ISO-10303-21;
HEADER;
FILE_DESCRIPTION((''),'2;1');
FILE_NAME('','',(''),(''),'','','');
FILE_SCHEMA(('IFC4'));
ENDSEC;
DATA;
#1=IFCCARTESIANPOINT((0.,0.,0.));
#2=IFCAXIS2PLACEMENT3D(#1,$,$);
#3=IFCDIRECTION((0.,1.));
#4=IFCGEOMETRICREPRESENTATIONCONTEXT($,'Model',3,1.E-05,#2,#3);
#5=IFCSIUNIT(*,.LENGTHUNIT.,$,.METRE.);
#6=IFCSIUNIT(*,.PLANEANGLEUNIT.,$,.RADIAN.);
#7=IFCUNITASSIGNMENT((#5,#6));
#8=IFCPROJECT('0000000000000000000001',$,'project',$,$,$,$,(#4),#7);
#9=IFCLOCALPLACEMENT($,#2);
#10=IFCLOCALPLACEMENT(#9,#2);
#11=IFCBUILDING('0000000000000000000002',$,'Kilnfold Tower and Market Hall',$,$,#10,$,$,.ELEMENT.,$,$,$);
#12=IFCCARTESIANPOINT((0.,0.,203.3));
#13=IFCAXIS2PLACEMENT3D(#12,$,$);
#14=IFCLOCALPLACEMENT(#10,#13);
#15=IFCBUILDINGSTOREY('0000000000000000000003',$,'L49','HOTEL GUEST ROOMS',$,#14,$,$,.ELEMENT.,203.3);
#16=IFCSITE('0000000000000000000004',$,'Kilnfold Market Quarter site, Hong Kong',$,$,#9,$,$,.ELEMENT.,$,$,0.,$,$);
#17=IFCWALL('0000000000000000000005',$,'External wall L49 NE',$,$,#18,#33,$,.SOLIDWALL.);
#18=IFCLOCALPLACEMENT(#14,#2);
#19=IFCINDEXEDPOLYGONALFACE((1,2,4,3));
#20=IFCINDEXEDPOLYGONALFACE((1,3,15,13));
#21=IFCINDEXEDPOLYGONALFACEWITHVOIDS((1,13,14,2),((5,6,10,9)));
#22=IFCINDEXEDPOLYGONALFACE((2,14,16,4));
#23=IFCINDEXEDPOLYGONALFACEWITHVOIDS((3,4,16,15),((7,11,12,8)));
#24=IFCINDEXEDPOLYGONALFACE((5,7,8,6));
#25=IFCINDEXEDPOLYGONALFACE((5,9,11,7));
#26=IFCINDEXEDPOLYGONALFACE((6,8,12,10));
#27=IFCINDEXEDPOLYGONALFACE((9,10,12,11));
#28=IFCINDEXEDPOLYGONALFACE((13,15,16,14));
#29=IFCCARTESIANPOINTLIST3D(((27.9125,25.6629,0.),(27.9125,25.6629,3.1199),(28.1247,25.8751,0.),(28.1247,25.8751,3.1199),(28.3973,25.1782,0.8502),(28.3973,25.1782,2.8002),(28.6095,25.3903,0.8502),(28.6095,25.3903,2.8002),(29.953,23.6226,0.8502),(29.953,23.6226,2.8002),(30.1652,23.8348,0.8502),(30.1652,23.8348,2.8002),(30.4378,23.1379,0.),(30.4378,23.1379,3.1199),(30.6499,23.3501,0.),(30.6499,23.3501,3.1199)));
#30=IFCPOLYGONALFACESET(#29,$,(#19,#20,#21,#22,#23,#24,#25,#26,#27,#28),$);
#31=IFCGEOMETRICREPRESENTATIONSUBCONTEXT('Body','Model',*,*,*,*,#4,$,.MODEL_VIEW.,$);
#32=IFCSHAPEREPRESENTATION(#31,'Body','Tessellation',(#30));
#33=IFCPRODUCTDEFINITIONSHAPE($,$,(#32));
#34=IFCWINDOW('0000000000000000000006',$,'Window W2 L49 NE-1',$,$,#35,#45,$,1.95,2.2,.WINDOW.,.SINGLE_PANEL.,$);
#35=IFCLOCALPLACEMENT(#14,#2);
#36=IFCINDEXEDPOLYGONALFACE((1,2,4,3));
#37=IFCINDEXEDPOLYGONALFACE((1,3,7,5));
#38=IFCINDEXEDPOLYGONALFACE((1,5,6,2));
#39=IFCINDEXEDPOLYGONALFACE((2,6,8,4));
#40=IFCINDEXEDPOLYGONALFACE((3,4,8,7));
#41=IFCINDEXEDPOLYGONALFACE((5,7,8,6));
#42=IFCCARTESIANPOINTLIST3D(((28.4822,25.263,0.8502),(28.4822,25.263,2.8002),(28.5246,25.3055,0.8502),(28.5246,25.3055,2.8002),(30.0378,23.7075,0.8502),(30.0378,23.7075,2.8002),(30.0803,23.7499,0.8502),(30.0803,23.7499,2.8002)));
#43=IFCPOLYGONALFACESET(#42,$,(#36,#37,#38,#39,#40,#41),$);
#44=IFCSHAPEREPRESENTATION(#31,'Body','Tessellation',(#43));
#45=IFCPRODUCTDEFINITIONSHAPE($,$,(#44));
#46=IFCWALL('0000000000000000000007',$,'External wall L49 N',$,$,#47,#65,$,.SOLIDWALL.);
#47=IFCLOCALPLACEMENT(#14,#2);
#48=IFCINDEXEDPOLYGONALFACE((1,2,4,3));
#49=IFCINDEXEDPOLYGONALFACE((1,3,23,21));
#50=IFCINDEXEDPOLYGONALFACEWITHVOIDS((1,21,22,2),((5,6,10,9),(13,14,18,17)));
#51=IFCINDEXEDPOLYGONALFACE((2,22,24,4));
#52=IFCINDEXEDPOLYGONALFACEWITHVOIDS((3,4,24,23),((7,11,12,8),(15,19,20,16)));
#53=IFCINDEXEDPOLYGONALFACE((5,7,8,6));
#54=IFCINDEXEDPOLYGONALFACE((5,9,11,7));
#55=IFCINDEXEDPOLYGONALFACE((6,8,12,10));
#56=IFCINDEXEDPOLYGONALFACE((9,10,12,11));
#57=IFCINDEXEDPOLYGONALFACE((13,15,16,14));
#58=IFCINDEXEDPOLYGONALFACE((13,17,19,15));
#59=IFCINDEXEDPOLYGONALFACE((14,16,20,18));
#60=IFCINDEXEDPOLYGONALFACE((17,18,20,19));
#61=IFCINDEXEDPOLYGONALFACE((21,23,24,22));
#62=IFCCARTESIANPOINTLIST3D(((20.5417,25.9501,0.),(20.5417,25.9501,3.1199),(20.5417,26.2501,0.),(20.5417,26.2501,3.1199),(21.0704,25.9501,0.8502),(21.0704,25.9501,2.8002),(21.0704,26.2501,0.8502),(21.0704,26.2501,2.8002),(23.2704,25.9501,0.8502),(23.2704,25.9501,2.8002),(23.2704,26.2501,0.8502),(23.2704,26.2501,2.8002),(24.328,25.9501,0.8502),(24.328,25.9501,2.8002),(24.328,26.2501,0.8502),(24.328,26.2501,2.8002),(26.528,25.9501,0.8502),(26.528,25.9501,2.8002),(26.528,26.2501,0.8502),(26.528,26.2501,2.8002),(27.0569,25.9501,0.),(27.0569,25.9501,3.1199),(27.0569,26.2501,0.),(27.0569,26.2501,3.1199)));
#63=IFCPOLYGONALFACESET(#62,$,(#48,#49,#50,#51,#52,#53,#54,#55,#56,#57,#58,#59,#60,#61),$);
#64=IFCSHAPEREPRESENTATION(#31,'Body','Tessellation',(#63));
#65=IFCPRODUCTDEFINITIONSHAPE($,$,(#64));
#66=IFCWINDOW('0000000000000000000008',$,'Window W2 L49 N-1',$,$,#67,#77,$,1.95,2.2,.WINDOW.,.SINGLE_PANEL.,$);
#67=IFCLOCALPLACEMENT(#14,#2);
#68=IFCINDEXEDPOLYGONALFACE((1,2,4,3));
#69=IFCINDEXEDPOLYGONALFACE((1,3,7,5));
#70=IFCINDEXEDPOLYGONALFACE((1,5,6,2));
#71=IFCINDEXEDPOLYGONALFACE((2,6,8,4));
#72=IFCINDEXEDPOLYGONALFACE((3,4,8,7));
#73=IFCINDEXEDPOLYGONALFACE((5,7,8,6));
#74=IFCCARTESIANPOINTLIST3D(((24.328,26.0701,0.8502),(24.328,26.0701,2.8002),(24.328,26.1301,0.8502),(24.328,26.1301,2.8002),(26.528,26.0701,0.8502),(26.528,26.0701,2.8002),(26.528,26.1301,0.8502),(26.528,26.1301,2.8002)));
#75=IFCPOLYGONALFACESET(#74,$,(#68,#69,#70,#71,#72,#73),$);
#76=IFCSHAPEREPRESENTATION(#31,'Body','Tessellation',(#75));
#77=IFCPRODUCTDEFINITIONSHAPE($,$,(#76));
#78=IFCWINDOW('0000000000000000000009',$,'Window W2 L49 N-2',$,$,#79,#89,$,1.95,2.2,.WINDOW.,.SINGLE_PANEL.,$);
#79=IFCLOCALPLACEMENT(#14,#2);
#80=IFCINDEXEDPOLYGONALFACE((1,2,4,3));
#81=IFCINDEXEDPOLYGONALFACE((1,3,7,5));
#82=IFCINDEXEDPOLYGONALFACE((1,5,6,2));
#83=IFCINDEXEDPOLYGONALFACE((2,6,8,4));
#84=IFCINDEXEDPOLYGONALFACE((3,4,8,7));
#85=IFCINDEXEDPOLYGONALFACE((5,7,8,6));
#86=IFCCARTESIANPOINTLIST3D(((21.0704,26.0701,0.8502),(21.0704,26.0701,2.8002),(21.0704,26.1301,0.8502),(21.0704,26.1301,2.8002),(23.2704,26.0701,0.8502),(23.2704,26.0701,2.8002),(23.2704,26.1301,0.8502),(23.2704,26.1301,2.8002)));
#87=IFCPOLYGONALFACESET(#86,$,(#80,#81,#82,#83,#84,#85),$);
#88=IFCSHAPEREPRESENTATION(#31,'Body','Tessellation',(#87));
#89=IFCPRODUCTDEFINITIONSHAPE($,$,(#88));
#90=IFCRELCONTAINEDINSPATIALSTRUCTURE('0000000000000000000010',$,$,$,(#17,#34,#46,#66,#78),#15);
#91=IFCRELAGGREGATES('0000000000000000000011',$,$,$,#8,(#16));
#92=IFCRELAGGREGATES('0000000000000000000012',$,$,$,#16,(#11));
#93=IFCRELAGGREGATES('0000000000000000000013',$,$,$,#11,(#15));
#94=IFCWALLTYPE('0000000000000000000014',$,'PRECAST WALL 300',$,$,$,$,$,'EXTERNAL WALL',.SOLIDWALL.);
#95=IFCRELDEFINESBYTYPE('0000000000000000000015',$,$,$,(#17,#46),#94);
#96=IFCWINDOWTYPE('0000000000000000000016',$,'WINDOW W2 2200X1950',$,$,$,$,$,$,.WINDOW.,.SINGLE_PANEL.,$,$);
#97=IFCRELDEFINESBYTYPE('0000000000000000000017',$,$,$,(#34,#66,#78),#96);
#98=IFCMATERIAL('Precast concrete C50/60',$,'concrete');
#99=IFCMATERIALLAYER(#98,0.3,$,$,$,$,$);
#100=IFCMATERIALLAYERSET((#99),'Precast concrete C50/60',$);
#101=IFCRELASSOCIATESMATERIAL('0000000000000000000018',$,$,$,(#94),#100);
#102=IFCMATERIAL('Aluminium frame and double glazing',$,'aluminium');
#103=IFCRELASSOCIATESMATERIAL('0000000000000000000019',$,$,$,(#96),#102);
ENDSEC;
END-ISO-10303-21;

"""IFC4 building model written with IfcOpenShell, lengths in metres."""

from ifc_helpers import new_model, si_unit, direction, frame, frame_2d, origin, place, context, subcontext, project, spatial, rectangle, extrude, source, transform, mapped, material, layer, layer_set, type_object, element, fill, save


model = new_model("IFC4")

# Units and contexts
model_context = context("Model", 3, precision=1e-05, world=origin(), true_north=direction((0.0, 1.0)))
body_context = subcontext(model_context, "Body", "Model", "MODEL_VIEW")
ifc_project = project(units=[si_unit("LENGTHUNIT", "METRE"), si_unit("PLANEANGLEUNIT", "RADIAN")], contexts=[model_context])

# Site, building, storey
site_placement = place(None, origin())
site = spatial("IfcSite", under=ifc_project, at=site_placement, Name="Kilnfold Market Quarter site, Hong Kong", CompositionType="ELEMENT", RefElevation=0.0)
building_placement = place(site_placement, origin())
building = spatial("IfcBuilding", under=site, at=building_placement, Name="Kilnfold Tower and Market Hall", CompositionType="ELEMENT")
storey_placement = place(building_placement, frame((0.0, 0.0, 203.3)))
storey = spatial("IfcBuildingStorey", under=building, at=storey_placement, Name="L49", Description="HOTEL GUEST ROOMS", CompositionType="ELEMENT", Elevation=203.3)

# Shared definitions
ifc_material_1 = material(Name="Precast concrete C50/60", Category="concrete")
ifc_layer_1 = layer(ifc_material_1, 0.3)
ifc_layer_set_1 = layer_set([ifc_layer_1], Name="Precast concrete C50/60")
wall_type_1 = type_object("IfcWallType", Name="PRECAST WALL 300", ElementType="EXTERNAL WALL", PredefinedType="SOLIDWALL", material=ifc_layer_set_1)
ifc_material_2 = material(Name="Aluminium frame and double glazing", Category="aluminium")
window_type = type_object("IfcWindowType", Name="WINDOW W2 2200X1950", PartitioningType="SINGLE_PANEL", PredefinedType="WINDOW", material=ifc_material_2)

# Wall, opening, window
shared_shape_1 = source(origin(), body_context, "Body", "SweptSolid", [
    extrude(rectangle(XDim=3.571, YDim=0.3, at=frame_2d((1.7856, 0.0))), origin(), (0.0, 0.0, 1.0), 3.1199),
])
wall_1_placement = place(storey_placement, frame((30.5439, 23.2439, 0.0), z_axis=(0.0, 0.0, 1.0), x_axis=(-0.707141, 0.707073, 0.0)))
wall_1 = element("IfcWall", 1, at=wall_1_placement, inside=storey, type_object=wall_type_1, Name="External wall L49 NE", PredefinedType="SOLIDWALL", context=body_context, shape_type="MappedRepresentation", body=[
    mapped(shared_shape_1, transform((0.0, 0.0, 0.0))),
])
opening_1_placement = place(wall_1_placement, frame((0.6855, 0.0, 0.8501)))
opening_1 = element("IfcOpeningElement", 2, at=opening_1_placement, cuts=wall_1, PredefinedType="OPENING", context=body_context, shape_type="SweptSolid", body=[
    extrude(rectangle(XDim=2.2, YDim=1.95, at=frame_2d((1.1001, 0.9751))), frame((0.0, 0.1602, 0.0), z_axis=(0.0, -1.0, 0.0), x_axis=(1.0, 0.0, 0.0)), (0.0, 0.0, 1.0), 0.3201),
])
window_1_placement = place(opening_1_placement, origin())
window_1 = element("IfcWindow", 3, at=window_1_placement, inside=storey, type_object=window_type, Name="Window W2 L49 NE-1", OverallHeight=1.95, OverallWidth=2.2, PartitioningType="SINGLE_PANEL", PredefinedType="WINDOW", context=body_context, shape_type="SweptSolid", body=[
    extrude(rectangle(XDim=2.2, YDim=1.95, at=frame_2d((1.1001, 0.9751))), frame((0.0, 0.03, 0.0), z_axis=(0.0, -1.0, 0.0), x_axis=(1.0, 0.0, 0.0)), (0.0, 0.0, 1.0), 0.0601),
])
fill(opening_1, window_1)

# Wall, openings, windows
shared_shape_2 = source(origin(), body_context, "Body", "SweptSolid", [
    extrude(rectangle(XDim=6.5151, YDim=0.3, at=frame_2d((3.2576, 0.0))), origin(), (0.0, 0.0, 1.0), 3.1199),
])
wall_2_placement = place(storey_placement, frame((27.0569, 26.1001, 0.0), z_axis=(0.0, 0.0, 1.0), x_axis=(-1.0, 0.0, 0.0)))
wall_2 = element("IfcWall", 4, at=wall_2_placement, inside=storey, type_object=wall_type_1, Name="External wall L49 N", PredefinedType="SOLIDWALL", context=body_context, shape_type="MappedRepresentation", body=[
    mapped(shared_shape_2, transform((0.0, 0.0, 0.0))),
])
opening_2_placement = place(wall_2_placement, frame((0.5288, 0.0, 0.8501)))
opening_2 = element("IfcOpeningElement", 5, at=opening_2_placement, cuts=wall_2, PredefinedType="OPENING", context=body_context, shape_type="SweptSolid", body=[
    extrude(rectangle(XDim=2.2, YDim=1.95, at=frame_2d((1.1001, 0.9751))), frame((0.0, 0.1602, 0.0), z_axis=(0.0, -1.0, 0.0), x_axis=(1.0, 0.0, 0.0)), (0.0, 0.0, 1.0), 0.3201),
])
opening_3_placement = place(wall_2_placement, frame((3.7864, 0.0, 0.8501)))
opening_3 = element("IfcOpeningElement", 6, at=opening_3_placement, cuts=wall_2, PredefinedType="OPENING", context=body_context, shape_type="SweptSolid", body=[
    extrude(rectangle(XDim=2.2, YDim=1.95, at=frame_2d((1.1001, 0.9751))), frame((0.0, 0.1602, 0.0), z_axis=(0.0, -1.0, 0.0), x_axis=(1.0, 0.0, 0.0)), (0.0, 0.0, 1.0), 0.3201),
])
window_2_placement = place(opening_2_placement, origin())
window_2 = element("IfcWindow", 7, at=window_2_placement, inside=storey, type_object=window_type, Name="Window W2 L49 N-1", OverallHeight=1.95, OverallWidth=2.2, PartitioningType="SINGLE_PANEL", PredefinedType="WINDOW", context=body_context, shape_type="SweptSolid", body=[
    extrude(rectangle(XDim=2.2, YDim=1.95, at=frame_2d((1.1001, 0.9751))), frame((0.0, 0.03, 0.0), z_axis=(0.0, -1.0, 0.0), x_axis=(1.0, 0.0, 0.0)), (0.0, 0.0, 1.0), 0.0601),
])
fill(opening_2, window_2)
window_3_placement = place(opening_3_placement, origin())
window_3 = element("IfcWindow", 8, at=window_3_placement, inside=storey, type_object=window_type, Name="Window W2 L49 N-2", OverallHeight=1.95, OverallWidth=2.2, PartitioningType="SINGLE_PANEL", PredefinedType="WINDOW", context=body_context, shape_type="SweptSolid", body=[
    extrude(rectangle(XDim=2.2, YDim=1.95, at=frame_2d((1.1001, 0.9751))), frame((0.0, 0.03, 0.0), z_axis=(0.0, -1.0, 0.0), x_axis=(1.0, 0.0, 0.0)), (0.0, 0.0, 1.0), 0.0601),
])
fill(opening_3, window_3)

save(model, "model.ifc")
